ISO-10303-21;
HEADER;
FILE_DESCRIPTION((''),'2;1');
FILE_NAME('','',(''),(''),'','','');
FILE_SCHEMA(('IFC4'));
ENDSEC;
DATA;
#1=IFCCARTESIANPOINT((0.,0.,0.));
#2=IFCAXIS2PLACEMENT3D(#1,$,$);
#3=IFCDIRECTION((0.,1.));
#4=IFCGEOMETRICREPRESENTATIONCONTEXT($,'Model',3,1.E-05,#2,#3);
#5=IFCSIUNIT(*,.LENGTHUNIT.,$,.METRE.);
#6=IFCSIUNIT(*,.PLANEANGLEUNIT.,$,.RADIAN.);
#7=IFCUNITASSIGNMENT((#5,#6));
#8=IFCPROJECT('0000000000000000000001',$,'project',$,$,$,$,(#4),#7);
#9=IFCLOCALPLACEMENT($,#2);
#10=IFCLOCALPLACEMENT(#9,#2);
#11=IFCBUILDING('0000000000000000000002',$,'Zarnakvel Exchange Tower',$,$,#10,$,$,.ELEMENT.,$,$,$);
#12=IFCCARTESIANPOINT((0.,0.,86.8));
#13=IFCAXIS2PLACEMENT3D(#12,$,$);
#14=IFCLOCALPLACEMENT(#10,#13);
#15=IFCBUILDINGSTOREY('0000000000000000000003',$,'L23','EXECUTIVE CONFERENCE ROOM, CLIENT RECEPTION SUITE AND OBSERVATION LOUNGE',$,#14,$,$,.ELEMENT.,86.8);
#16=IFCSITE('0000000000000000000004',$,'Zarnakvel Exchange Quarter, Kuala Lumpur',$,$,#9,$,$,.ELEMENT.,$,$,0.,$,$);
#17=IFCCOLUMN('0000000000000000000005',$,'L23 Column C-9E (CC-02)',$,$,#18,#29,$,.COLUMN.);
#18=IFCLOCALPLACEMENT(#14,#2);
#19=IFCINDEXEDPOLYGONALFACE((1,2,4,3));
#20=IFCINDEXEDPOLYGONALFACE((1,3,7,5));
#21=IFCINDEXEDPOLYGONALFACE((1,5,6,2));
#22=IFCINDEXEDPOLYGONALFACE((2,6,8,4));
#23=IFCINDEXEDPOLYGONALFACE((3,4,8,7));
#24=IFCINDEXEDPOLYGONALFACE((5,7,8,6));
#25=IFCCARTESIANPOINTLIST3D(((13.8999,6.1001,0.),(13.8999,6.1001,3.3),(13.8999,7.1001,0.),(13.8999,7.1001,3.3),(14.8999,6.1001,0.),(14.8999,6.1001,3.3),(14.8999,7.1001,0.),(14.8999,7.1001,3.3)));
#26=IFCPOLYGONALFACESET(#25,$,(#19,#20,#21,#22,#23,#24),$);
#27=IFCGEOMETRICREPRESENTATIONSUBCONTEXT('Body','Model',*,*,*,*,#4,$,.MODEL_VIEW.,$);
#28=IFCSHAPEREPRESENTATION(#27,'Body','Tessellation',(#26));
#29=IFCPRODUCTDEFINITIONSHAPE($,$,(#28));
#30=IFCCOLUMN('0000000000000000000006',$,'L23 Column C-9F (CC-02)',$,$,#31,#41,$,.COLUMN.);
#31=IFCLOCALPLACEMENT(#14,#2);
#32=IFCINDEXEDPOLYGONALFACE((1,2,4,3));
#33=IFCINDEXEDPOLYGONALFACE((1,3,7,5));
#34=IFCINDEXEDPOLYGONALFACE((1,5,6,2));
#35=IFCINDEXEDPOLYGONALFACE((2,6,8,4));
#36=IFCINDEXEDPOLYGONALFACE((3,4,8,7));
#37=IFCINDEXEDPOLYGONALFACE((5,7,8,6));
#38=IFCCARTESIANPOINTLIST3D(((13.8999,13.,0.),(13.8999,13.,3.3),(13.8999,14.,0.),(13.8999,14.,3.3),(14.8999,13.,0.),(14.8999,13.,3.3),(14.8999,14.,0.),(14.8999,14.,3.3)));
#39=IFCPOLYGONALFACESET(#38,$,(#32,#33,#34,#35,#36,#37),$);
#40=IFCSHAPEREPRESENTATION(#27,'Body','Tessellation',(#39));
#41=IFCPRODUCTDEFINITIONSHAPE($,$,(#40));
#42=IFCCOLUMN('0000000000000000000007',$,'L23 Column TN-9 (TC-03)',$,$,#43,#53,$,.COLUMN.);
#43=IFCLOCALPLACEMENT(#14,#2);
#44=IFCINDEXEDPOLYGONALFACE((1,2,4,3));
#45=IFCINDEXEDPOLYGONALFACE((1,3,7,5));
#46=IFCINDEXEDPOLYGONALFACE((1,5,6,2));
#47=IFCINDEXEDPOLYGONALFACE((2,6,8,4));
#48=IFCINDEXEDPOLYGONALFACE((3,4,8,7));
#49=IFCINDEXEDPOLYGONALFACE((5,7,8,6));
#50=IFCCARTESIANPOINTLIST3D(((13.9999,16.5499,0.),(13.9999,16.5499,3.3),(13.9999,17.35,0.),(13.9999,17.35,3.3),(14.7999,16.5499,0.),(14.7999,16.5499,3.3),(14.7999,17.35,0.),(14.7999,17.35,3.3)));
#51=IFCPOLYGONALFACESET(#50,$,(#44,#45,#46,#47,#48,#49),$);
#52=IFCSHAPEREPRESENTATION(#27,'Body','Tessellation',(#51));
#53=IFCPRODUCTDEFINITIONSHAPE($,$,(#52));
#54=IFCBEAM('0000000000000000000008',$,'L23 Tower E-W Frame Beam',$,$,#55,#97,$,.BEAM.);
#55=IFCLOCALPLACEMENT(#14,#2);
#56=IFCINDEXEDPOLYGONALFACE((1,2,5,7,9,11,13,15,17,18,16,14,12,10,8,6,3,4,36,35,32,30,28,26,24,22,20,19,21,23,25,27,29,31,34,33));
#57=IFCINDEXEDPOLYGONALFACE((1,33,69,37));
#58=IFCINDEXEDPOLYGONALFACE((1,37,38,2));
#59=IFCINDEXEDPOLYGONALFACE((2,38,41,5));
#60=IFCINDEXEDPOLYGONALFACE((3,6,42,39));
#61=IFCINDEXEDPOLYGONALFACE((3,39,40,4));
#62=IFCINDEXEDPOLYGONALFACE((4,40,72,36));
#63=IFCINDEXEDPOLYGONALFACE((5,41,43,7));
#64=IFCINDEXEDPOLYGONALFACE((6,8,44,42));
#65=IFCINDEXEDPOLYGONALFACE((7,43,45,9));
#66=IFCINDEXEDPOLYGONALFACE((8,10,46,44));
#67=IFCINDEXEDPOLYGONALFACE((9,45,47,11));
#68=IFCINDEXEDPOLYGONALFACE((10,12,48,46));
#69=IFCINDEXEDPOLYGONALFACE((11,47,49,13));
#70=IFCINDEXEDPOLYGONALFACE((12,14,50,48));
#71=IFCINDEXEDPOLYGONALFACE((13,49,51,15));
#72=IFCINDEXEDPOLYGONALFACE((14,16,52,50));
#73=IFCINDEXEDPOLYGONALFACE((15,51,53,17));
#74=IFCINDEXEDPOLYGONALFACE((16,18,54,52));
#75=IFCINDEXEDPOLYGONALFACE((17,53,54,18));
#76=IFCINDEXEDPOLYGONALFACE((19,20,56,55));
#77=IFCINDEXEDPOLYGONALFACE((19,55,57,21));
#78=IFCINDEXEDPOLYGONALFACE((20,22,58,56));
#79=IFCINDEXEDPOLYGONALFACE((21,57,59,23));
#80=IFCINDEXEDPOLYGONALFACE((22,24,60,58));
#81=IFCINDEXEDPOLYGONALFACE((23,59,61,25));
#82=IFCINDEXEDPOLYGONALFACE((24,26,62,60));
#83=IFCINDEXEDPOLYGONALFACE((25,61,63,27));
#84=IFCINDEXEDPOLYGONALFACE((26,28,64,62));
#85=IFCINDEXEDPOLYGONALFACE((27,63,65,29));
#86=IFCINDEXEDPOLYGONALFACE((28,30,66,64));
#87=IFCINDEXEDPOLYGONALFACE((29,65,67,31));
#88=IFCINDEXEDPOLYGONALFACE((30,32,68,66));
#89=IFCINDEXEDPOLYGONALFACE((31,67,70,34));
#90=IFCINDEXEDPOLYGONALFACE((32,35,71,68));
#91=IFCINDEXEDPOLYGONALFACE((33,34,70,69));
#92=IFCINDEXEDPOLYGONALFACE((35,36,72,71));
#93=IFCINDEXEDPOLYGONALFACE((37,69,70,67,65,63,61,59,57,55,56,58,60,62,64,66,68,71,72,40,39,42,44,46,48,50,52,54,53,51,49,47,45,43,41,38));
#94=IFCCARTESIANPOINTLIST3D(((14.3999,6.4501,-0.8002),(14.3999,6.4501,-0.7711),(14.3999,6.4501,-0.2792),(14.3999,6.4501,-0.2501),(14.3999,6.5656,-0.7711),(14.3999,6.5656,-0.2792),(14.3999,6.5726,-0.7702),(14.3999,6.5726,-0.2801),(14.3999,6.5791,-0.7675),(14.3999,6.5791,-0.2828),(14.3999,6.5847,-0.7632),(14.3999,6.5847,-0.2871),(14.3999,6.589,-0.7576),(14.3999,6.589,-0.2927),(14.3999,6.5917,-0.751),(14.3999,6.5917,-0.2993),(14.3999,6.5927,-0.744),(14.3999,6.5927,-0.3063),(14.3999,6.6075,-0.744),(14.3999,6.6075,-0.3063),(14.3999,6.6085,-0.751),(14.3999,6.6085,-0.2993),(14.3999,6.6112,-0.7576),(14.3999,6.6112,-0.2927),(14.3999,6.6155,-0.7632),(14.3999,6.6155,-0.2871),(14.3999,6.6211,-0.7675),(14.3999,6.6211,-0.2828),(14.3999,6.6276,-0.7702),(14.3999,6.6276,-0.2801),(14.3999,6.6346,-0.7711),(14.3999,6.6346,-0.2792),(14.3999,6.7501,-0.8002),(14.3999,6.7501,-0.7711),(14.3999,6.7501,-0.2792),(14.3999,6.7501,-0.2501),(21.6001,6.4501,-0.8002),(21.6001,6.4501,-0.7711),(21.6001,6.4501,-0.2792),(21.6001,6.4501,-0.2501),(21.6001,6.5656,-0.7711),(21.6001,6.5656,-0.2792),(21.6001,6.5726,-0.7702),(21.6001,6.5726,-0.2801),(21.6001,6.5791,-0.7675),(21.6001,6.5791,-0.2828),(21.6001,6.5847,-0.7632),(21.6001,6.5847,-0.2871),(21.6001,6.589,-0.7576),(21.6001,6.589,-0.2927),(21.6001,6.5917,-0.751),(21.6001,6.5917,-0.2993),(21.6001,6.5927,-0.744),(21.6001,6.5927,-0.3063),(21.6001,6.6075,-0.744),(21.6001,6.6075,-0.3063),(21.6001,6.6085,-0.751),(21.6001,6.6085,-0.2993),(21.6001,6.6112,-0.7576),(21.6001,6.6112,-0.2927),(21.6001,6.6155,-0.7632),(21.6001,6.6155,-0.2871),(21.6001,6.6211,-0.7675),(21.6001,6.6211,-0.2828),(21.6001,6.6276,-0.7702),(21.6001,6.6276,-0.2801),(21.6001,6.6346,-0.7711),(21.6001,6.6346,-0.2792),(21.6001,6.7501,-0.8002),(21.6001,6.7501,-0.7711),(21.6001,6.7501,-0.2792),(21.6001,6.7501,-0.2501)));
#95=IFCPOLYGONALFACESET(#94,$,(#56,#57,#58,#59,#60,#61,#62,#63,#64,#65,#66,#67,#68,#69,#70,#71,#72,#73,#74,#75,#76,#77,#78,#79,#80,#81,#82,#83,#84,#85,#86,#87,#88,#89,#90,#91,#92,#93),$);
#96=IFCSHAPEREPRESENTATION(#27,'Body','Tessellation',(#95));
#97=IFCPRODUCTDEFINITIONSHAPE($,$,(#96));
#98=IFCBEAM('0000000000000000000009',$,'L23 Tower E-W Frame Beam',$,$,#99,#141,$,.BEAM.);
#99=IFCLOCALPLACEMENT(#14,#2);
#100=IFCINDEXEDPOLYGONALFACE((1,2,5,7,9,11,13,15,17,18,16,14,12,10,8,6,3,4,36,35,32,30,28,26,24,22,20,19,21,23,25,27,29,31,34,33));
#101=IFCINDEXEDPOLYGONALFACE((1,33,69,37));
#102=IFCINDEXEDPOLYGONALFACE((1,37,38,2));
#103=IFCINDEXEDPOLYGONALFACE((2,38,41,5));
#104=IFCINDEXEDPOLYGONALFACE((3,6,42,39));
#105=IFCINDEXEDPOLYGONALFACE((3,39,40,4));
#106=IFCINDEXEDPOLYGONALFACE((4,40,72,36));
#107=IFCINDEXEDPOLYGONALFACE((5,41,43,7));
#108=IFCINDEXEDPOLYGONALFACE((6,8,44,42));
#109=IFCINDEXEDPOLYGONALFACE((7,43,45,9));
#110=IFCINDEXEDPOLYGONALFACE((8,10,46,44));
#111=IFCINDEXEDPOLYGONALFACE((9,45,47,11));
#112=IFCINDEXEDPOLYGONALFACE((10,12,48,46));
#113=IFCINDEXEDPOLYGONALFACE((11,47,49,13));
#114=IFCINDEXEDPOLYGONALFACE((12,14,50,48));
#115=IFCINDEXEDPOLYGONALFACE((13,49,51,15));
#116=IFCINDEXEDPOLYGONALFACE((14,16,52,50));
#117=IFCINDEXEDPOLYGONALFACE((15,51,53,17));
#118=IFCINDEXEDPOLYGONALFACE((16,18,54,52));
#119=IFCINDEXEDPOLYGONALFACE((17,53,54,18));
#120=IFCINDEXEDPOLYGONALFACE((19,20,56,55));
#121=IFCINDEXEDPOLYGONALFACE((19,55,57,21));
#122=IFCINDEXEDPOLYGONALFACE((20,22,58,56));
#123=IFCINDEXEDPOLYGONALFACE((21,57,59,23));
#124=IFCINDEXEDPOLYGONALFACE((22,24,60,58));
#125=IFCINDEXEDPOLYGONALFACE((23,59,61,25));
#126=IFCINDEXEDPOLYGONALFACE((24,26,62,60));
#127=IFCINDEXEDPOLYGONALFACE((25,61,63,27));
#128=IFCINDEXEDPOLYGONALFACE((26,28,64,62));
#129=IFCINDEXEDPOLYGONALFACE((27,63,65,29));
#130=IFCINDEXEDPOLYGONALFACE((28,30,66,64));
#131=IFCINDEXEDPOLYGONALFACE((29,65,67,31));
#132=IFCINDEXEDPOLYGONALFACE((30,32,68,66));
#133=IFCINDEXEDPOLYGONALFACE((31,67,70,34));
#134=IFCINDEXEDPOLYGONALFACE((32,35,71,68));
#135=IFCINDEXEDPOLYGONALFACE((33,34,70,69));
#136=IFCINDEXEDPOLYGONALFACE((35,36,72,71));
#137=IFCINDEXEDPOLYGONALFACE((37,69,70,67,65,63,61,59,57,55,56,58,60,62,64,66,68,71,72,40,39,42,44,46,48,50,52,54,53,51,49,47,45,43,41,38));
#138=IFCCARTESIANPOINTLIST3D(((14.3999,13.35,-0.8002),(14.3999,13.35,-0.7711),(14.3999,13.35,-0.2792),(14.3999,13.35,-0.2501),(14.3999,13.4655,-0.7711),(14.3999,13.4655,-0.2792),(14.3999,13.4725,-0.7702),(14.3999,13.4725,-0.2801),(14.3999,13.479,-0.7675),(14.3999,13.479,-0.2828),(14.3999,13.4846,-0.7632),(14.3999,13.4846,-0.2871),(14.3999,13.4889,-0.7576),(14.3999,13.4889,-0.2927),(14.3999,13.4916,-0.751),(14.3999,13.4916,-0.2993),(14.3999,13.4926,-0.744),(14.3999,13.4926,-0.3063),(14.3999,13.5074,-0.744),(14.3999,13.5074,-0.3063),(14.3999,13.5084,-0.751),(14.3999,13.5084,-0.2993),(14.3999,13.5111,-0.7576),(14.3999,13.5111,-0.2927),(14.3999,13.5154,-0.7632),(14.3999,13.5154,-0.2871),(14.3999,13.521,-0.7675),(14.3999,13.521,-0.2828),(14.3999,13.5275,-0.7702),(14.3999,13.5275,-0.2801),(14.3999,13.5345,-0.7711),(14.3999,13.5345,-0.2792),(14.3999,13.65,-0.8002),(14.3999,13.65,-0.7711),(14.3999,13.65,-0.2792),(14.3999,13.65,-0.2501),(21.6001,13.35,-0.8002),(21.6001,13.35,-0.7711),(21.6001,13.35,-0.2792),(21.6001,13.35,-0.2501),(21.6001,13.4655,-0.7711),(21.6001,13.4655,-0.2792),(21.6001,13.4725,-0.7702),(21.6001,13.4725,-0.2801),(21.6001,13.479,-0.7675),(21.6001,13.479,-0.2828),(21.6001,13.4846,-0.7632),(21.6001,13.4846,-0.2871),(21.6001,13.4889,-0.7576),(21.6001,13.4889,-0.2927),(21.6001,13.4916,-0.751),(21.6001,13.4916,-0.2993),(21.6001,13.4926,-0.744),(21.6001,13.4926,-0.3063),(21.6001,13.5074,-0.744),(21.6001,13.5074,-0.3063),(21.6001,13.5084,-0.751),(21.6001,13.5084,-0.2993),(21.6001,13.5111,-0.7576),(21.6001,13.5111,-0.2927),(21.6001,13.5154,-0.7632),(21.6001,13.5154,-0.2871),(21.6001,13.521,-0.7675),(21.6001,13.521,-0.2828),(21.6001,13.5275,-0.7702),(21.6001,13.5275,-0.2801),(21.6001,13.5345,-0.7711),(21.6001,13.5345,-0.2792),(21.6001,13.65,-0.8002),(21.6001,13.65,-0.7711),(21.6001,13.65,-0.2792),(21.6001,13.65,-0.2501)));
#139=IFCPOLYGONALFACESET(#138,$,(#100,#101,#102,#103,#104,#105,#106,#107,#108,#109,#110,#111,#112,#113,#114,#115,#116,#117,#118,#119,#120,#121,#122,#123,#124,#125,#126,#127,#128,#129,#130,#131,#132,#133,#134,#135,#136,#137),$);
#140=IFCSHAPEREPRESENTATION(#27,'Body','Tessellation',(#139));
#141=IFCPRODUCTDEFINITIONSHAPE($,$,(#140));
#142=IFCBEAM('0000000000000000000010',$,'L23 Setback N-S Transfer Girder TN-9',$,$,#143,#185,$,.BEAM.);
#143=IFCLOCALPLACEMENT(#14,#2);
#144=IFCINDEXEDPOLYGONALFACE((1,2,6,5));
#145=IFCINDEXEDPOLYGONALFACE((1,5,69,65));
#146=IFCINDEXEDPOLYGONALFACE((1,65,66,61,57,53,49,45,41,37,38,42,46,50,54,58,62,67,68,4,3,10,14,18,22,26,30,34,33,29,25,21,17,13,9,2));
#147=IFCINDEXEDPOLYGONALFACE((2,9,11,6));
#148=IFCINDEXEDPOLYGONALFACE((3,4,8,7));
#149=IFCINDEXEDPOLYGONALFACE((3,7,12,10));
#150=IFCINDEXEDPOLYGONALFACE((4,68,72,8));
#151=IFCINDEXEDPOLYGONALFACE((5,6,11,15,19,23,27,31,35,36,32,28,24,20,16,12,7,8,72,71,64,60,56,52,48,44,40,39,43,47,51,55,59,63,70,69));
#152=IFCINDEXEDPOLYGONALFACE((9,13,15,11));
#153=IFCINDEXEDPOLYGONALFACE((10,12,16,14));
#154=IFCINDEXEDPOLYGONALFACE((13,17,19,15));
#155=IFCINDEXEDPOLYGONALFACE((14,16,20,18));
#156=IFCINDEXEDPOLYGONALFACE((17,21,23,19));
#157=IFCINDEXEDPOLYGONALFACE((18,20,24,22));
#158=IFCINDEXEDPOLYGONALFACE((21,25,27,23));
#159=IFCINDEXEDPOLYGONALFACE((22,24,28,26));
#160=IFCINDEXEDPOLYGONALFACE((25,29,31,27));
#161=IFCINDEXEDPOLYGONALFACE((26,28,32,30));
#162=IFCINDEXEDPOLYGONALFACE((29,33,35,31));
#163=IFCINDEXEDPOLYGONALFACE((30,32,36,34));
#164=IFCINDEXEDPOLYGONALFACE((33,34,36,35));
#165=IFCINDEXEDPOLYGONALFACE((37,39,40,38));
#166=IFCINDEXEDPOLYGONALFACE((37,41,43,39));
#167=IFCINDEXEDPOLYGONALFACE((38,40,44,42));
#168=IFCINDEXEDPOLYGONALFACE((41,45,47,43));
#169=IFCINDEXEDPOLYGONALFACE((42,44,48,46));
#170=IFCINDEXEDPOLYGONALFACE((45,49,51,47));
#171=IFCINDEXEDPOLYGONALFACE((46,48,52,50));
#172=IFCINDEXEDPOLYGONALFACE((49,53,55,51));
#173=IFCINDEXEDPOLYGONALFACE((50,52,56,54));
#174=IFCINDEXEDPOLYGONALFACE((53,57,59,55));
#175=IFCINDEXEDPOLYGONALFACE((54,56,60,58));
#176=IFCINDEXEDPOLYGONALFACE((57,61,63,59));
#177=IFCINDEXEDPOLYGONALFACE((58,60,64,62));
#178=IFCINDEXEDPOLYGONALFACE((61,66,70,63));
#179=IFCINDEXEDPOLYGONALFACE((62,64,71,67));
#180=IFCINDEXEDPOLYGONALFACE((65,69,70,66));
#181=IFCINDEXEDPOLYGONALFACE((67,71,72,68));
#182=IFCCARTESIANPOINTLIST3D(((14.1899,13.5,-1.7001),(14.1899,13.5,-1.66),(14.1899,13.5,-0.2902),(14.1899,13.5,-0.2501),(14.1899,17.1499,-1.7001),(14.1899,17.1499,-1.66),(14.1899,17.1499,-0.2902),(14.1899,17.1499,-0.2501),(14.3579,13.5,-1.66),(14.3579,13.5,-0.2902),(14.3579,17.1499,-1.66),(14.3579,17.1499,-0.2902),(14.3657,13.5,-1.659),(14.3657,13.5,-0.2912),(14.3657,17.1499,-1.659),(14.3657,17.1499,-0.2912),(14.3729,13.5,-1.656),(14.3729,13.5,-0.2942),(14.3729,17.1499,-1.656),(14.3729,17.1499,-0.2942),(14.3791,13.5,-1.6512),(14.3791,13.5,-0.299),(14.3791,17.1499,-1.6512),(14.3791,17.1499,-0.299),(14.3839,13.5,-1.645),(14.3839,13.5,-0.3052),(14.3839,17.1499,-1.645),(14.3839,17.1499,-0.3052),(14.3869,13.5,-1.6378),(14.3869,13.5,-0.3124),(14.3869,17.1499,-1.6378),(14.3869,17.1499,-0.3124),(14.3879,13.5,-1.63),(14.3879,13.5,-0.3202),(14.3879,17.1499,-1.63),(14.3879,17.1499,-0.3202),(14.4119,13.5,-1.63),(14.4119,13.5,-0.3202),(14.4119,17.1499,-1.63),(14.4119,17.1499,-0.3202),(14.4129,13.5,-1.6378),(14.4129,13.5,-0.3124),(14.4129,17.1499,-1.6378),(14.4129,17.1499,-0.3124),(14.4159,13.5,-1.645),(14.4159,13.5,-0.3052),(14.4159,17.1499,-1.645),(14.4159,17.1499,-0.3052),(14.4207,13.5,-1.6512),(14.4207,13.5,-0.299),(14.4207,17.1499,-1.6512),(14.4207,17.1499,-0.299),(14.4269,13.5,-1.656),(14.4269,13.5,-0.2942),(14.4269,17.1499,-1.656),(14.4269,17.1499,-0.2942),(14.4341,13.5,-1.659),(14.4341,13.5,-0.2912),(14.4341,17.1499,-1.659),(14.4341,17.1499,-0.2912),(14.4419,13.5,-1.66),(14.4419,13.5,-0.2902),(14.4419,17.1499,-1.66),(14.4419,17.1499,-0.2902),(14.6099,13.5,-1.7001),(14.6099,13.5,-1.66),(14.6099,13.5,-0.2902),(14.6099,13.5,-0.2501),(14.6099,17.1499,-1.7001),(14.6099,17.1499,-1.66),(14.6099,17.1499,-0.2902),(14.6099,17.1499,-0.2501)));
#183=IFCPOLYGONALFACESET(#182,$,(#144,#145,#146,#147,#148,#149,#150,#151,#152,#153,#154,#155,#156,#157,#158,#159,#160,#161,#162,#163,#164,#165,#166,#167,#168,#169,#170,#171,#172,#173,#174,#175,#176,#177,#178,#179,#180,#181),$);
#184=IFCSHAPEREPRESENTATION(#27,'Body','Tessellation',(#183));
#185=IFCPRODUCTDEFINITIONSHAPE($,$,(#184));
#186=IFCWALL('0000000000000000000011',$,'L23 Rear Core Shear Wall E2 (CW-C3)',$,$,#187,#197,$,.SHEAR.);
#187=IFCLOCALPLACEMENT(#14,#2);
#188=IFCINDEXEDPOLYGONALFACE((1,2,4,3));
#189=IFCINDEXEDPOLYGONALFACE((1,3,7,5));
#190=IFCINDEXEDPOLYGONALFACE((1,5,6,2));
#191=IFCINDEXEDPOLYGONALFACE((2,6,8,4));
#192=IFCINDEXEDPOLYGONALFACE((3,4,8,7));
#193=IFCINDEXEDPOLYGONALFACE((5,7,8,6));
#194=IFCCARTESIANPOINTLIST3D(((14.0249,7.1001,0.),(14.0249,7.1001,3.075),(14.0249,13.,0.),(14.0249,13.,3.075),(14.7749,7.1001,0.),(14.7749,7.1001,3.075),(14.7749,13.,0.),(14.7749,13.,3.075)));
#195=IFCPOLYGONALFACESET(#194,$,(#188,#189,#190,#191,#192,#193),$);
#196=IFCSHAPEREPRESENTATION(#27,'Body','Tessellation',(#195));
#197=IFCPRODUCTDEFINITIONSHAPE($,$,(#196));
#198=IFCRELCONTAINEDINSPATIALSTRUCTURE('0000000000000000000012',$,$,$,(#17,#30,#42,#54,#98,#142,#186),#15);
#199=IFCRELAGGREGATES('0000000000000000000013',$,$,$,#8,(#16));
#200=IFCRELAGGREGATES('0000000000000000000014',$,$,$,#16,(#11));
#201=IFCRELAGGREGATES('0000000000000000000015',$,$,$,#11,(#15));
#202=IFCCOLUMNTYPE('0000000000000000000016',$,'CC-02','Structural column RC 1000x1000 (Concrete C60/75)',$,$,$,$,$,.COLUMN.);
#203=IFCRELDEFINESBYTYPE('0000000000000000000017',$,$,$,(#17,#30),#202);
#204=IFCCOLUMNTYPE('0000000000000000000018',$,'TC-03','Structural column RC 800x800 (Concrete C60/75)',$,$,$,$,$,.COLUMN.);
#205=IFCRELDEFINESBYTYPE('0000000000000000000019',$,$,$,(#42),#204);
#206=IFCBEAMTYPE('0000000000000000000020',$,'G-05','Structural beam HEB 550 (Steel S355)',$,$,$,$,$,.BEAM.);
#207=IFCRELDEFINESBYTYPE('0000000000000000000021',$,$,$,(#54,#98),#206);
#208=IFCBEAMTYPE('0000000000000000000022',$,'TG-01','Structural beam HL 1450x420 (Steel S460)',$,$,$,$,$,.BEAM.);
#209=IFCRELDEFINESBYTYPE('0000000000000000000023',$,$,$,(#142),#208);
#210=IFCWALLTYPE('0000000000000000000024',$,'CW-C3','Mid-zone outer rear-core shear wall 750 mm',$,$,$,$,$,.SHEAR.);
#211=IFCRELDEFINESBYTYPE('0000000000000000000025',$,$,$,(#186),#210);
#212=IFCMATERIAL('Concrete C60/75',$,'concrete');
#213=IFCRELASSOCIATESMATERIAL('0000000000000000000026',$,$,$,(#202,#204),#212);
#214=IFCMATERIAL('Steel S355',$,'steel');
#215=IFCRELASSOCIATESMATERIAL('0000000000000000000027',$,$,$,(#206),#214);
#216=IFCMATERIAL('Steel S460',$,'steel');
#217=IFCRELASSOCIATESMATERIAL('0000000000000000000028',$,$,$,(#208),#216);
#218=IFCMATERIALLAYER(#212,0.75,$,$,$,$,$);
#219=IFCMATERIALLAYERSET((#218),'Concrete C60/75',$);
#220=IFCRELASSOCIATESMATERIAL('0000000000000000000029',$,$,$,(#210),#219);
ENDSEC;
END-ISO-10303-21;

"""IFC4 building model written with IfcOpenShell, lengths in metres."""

from ifc_helpers import new_model, si_unit, direction, frame, frame_2d, origin, origin_2d, place, context, subcontext, project, spatial, rectangle, i_section, extrude, material, layer, layer_set, material_profile, profile_set, type_object, element, save


model = new_model("IFC4")

# Units and contexts
model_context = context("Model", 3, precision=1e-05, world=origin(), true_north=direction((0.0, 1.0)))
body_context = subcontext(model_context, "Body", "Model", "MODEL_VIEW")
ifc_project = project(units=[si_unit("LENGTHUNIT", "METRE"), si_unit("PLANEANGLEUNIT", "RADIAN")], contexts=[model_context])

# Site, building, storey
site_placement = place(None, origin())
site = spatial("IfcSite", under=ifc_project, at=site_placement, Name="Zarnakvel Exchange Quarter, Kuala Lumpur", CompositionType="ELEMENT", RefElevation=0.0)
building_placement = place(site_placement, origin())
building = spatial("IfcBuilding", under=site, at=building_placement, Name="Zarnakvel Exchange Tower", CompositionType="ELEMENT")
storey_placement = place(building_placement, frame((0.0, 0.0, 86.8)))
storey = spatial("IfcBuildingStorey", under=building, at=storey_placement, Name="L23", Description="EXECUTIVE CONFERENCE ROOM, CLIENT RECEPTION SUITE AND OBSERVATION LOUNGE", CompositionType="ELEMENT", Elevation=86.8)

# Columns
ifc_material_1 = material(Name="Concrete C60/75", Category="concrete")
ifc_material_profile_1 = material_profile(ifc_material_1, rectangle(XDim=1.0, YDim=1.0, at=origin_2d()))
ifc_profile_set_1 = profile_set([ifc_material_profile_1], Name="Concrete C60/75")
column_type_1 = type_object("IfcColumnType", Name="CC-02", Description="Structural column RC 1000x1000 (Concrete C60/75)", PredefinedType="COLUMN", material=ifc_profile_set_1)
for number, where, z_axis, x_axis, name in (
    (1, (14.3999, 6.6001, 0.0), (0.0, 0.0, 1.0), (1.0, 0.0, 0.0), "L23 Column C-9E (CC-02)"),
    (2, (14.3999, 13.5, 0.0), (0.0, 0.0, 1.0), (1.0, 0.0, 0.0), "L23 Column C-9F (CC-02)"),
):
    element("IfcColumn", number, at=place(storey_placement, frame(where, z_axis=z_axis, x_axis=x_axis)), inside=storey, type_object=column_type_1, Name=name, PredefinedType="COLUMN", context=body_context, shape_type="SweptSolid", body=[
        extrude(rectangle(XDim=1.0, YDim=1.0, at=origin_2d()), origin(), (0.0, 0.0, 1.0), 3.3),
    ])
ifc_material_profile_2 = material_profile(ifc_material_1, rectangle(XDim=0.8, YDim=0.8, at=origin_2d()))
ifc_profile_set_2 = profile_set([ifc_material_profile_2], Name="Concrete C60/75")
column_type_2 = type_object("IfcColumnType", Name="TC-03", Description="Structural column RC 800x800 (Concrete C60/75)", PredefinedType="COLUMN", material=ifc_profile_set_2)
column_placement = place(storey_placement, frame((14.3999, 16.95, 0.0), z_axis=(0.0, 0.0, 1.0), x_axis=(1.0, 0.0, 0.0)))
element("IfcColumn", 3, at=column_placement, inside=storey, type_object=column_type_2, Name="L23 Column TN-9 (TC-03)", PredefinedType="COLUMN", context=body_context, shape_type="SweptSolid", body=[
    extrude(rectangle(XDim=0.8, YDim=0.8, at=origin_2d()), origin(), (0.0, 0.0, 1.0), 3.3),
])

# Beams
ifc_material_2 = material(Name="Steel S355", Category="steel")
ifc_material_profile_3 = material_profile(ifc_material_2, i_section(OverallWidth=0.3, OverallDepth=0.55, WebThickness=0.0149, FlangeThickness=0.0291, FilletRadius=0.0271, at=origin_2d()))
ifc_profile_set_3 = profile_set([ifc_material_profile_3], Name="Steel S355")
beam_type_1 = type_object("IfcBeamType", Name="G-05", Description="Structural beam HEB 550 (Steel S355)", PredefinedType="BEAM", material=ifc_profile_set_3)
for number, where, z_axis, x_axis, name in (
    (4, (14.3999, 6.6001, -0.5251), (1.0, 0.0, 0.0), (0.0, 1.0, 0.0), "L23 Tower E-W Frame Beam"),
    (5, (14.3999, 13.5, -0.5251), (1.0, 0.0, 0.0), (0.0, 1.0, 0.0), "L23 Tower E-W Frame Beam"),
):
    element("IfcBeam", number, at=place(storey_placement, frame(where, z_axis=z_axis, x_axis=x_axis)), inside=storey, type_object=beam_type_1, Name=name, PredefinedType="BEAM", context=body_context, shape_type="SweptSolid", body=[
        extrude(i_section(OverallWidth=0.3, OverallDepth=0.55, WebThickness=0.0149, FlangeThickness=0.0291, FilletRadius=0.0271, at=origin_2d()), origin(), (0.0, 0.0, 1.0), 7.2002),
    ])
ifc_material_3 = material(Name="Steel S460", Category="steel")
ifc_material_profile_4 = material_profile(ifc_material_3, i_section(OverallWidth=0.4199, OverallDepth=1.45, WebThickness=0.0239, FlangeThickness=0.04, FilletRadius=0.03, at=origin_2d()))
ifc_profile_set_4 = profile_set([ifc_material_profile_4], Name="Steel S460")
beam_type_2 = type_object("IfcBeamType", Name="TG-01", Description="Structural beam HL 1450x420 (Steel S460)", PredefinedType="BEAM", material=ifc_profile_set_4)
beam_placement = place(storey_placement, frame((14.3999, 13.5, -0.9751), z_axis=(0.0, 1.0, 0.0), x_axis=(-1.0, 0.0, 0.0)))
element("IfcBeam", 6, at=beam_placement, inside=storey, type_object=beam_type_2, Name="L23 Setback N-S Transfer Girder TN-9", PredefinedType="BEAM", context=body_context, shape_type="SweptSolid", body=[
    extrude(i_section(OverallWidth=0.4199, OverallDepth=1.45, WebThickness=0.0239, FlangeThickness=0.04, FilletRadius=0.03, at=origin_2d()), origin(), (0.0, 0.0, 1.0), 3.6499),
])

# Wall
ifc_layer_1 = layer(ifc_material_1, 0.75)
ifc_layer_set_1 = layer_set([ifc_layer_1], Name="Concrete C60/75")
wall_type_1 = type_object("IfcWallType", Name="CW-C3", Description="Mid-zone outer rear-core shear wall 750 mm", PredefinedType="SHEAR", material=ifc_layer_set_1)
wall_1_placement = place(storey_placement, frame((14.3999, 7.1001, 0.0), z_axis=(0.0, 0.0, 1.0), x_axis=(0.0, 1.0, 0.0)))
element("IfcWall", 7, at=wall_1_placement, inside=storey, type_object=wall_type_1, Name="L23 Rear Core Shear Wall E2 (CW-C3)", PredefinedType="SHEAR", context=body_context, shape_type="SweptSolid", body=[
    extrude(rectangle(XDim=5.8999, YDim=0.75, at=frame_2d((2.95, 0.0))), origin(), (0.0, 0.0, 1.0), 3.075),
])

save(model, "model.ifc")
